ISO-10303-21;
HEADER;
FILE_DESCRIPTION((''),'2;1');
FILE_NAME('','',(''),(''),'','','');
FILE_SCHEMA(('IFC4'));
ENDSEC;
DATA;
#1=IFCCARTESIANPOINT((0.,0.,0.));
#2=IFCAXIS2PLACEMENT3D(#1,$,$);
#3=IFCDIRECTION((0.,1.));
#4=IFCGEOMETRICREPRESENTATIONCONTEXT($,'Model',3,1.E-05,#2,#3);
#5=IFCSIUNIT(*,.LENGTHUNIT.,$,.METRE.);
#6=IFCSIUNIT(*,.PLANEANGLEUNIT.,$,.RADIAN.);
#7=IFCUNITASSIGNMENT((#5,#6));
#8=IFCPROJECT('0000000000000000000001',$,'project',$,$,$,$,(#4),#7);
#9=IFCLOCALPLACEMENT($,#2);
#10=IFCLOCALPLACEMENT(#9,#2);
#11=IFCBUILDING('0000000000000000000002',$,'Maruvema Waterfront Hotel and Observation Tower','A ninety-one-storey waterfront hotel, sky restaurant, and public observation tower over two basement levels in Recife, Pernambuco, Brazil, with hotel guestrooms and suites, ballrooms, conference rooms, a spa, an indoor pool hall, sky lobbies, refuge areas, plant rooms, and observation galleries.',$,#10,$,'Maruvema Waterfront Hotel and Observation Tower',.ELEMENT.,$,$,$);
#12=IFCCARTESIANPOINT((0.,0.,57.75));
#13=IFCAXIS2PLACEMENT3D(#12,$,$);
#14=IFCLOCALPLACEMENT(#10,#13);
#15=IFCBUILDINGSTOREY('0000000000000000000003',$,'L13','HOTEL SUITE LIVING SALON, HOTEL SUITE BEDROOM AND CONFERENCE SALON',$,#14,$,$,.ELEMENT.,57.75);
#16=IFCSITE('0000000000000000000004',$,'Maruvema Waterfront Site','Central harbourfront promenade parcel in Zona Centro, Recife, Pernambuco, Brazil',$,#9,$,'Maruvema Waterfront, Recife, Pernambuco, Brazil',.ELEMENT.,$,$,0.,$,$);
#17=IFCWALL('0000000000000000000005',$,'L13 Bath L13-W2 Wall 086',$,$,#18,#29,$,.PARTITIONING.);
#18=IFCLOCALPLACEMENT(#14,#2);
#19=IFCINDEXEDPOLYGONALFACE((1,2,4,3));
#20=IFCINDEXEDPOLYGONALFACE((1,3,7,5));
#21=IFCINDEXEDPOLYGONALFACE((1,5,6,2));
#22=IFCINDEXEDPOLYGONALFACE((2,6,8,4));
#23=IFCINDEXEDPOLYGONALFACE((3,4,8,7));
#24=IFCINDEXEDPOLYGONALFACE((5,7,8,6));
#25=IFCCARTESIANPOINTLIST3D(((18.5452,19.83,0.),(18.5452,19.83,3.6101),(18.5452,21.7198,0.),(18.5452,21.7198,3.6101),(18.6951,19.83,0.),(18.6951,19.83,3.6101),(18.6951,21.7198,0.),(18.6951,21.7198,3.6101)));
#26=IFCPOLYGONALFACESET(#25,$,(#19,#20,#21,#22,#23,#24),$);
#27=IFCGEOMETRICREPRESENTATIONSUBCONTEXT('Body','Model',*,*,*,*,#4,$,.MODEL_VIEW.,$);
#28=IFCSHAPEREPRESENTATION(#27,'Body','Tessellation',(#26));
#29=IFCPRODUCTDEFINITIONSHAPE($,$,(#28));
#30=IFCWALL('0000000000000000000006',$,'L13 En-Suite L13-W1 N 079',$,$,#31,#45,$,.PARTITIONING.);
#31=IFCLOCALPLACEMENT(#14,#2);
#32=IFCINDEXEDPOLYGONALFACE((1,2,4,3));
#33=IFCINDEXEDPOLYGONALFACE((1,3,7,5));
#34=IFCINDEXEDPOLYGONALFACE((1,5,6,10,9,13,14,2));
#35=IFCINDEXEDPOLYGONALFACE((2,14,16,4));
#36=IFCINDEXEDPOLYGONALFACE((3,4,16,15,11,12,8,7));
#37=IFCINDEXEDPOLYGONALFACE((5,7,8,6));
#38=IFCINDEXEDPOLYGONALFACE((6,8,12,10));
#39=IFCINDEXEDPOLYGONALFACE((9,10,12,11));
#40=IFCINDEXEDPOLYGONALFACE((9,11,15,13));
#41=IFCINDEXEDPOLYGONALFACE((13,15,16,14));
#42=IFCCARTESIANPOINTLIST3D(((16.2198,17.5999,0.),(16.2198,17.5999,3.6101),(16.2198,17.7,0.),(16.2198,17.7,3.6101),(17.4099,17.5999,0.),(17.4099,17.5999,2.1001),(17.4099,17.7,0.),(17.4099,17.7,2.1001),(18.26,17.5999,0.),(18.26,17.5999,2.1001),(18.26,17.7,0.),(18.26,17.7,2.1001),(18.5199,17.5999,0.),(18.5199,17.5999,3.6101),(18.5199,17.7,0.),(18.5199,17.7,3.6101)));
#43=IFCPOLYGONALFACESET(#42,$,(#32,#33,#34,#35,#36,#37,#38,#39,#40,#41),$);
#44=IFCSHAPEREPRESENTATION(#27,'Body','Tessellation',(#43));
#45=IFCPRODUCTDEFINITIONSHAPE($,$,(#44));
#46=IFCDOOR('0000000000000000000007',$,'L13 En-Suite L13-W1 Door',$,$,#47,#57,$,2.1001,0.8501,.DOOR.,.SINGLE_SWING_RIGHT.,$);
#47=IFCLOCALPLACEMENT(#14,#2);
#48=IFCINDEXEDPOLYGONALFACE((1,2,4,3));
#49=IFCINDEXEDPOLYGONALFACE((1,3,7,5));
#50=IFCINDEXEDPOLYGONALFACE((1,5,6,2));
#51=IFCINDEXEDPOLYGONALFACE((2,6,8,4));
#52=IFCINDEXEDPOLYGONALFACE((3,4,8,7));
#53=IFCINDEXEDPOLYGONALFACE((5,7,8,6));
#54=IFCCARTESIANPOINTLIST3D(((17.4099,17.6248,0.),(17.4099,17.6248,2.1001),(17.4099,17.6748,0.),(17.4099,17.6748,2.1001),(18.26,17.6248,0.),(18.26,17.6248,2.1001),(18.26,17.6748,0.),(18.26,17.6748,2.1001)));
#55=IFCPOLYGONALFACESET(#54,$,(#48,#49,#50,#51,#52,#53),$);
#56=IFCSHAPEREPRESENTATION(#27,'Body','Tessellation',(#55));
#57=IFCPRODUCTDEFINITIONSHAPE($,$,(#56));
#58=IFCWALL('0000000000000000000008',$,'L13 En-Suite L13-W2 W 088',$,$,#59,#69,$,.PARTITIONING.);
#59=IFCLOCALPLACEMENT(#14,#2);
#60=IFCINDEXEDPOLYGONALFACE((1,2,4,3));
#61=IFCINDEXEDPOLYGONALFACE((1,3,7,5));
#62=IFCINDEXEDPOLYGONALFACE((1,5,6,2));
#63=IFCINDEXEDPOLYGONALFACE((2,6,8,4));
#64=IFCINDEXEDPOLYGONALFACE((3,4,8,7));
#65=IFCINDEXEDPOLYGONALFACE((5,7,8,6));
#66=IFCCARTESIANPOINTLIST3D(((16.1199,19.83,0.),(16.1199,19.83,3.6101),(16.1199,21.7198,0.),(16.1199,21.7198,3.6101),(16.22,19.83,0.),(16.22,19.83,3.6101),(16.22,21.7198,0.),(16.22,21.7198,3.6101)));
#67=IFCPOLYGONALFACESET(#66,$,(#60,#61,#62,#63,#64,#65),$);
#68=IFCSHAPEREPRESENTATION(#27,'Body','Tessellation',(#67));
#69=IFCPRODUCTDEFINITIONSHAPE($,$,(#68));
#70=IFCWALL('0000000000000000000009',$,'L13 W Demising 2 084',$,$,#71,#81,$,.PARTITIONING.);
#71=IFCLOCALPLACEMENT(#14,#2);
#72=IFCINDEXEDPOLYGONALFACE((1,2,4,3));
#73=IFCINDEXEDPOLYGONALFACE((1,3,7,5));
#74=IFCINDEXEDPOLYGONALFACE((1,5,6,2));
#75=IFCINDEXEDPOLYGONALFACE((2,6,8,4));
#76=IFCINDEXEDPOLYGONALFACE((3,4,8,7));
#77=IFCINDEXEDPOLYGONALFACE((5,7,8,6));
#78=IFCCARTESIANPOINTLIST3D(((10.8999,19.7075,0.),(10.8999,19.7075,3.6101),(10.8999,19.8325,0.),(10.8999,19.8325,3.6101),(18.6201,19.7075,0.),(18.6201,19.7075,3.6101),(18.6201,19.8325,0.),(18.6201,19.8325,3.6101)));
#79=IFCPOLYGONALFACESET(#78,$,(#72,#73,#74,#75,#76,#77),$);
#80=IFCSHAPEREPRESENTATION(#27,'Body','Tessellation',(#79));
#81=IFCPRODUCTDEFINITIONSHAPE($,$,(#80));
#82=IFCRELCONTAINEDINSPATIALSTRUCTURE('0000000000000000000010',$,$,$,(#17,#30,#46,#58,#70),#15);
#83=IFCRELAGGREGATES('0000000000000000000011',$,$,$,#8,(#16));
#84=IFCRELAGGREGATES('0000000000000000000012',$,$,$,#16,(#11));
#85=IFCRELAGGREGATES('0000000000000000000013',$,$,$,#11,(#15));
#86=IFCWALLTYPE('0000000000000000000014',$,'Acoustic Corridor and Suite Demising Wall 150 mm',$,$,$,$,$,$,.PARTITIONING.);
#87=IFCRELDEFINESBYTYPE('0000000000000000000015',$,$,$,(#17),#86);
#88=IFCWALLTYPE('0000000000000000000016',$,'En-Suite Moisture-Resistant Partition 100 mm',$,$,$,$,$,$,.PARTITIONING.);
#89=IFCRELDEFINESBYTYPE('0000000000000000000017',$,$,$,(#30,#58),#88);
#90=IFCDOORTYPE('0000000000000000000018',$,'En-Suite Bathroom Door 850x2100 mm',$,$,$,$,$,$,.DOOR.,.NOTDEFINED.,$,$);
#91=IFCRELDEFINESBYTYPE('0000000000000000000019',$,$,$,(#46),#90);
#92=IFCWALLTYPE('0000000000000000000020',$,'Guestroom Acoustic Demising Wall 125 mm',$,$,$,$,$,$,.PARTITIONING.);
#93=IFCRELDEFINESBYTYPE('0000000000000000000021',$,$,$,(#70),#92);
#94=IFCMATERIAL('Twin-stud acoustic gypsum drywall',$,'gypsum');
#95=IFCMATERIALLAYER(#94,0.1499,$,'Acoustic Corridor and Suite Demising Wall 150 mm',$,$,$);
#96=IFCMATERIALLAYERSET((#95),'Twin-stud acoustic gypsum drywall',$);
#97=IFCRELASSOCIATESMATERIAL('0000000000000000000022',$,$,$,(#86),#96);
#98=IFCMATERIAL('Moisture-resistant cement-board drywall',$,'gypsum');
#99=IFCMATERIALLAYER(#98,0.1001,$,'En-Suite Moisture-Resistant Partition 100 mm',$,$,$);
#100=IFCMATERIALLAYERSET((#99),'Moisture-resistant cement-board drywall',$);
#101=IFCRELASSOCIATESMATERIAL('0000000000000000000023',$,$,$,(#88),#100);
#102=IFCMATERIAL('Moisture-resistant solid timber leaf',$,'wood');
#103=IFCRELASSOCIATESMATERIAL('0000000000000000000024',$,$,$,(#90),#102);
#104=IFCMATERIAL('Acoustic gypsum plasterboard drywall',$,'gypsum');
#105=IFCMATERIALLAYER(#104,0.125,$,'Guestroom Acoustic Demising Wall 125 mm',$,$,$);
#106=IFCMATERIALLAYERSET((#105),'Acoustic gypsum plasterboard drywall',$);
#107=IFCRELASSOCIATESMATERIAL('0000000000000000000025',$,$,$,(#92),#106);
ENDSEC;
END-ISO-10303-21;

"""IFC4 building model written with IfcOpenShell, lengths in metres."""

from ifc_helpers import new_model, si_unit, direction, frame, frame_2d, origin, place, context, subcontext, project, spatial, rectangle, extrude, material, layer, layer_set, type_object, element, fill, save


model = new_model("IFC4")

# Units and contexts
model_context = context("Model", 3, precision=1e-05, world=origin(), true_north=direction((0.0, 1.0)))
body_context = subcontext(model_context, "Body", "Model", "MODEL_VIEW")
ifc_project = project(units=[si_unit("LENGTHUNIT", "METRE"), si_unit("PLANEANGLEUNIT", "RADIAN")], contexts=[model_context])

# Site, building, storey
site_placement = place(None, origin())
site = spatial("IfcSite", under=ifc_project, at=site_placement, Name="Maruvema Waterfront Site", Description="Central harbourfront promenade parcel in Zona Centro, Recife, Pernambuco, Brazil", LongName="Maruvema Waterfront, Recife, Pernambuco, Brazil", CompositionType="ELEMENT", RefElevation=0.0)
building_placement = place(site_placement, origin())
building = spatial("IfcBuilding", under=site, at=building_placement, Name="Maruvema Waterfront Hotel and Observation Tower", Description="A ninety-one-storey waterfront hotel, sky restaurant, and public observation tower over two basement levels in Recife, Pernambuco, Brazil, with hotel guestrooms and suites, ballrooms, conference rooms, a spa, an indoor pool hall, sky lobbies, refuge areas, plant rooms, and observation galleries.", LongName="Maruvema Waterfront Hotel and Observation Tower", CompositionType="ELEMENT")
storey_placement = place(building_placement, frame((0.0, 0.0, 57.75)))
storey = spatial("IfcBuildingStorey", under=building, at=storey_placement, Name="L13", Description="HOTEL SUITE LIVING SALON, HOTEL SUITE BEDROOM AND CONFERENCE SALON", CompositionType="ELEMENT", Elevation=57.75)

# Shared definitions
ifc_material_1 = material(Name="Twin-stud acoustic gypsum drywall", Category="gypsum")
ifc_layer_1 = layer(ifc_material_1, 0.1499, Name="Acoustic Corridor and Suite Demising Wall 150 mm")
ifc_layer_set_1 = layer_set([ifc_layer_1], Name="Twin-stud acoustic gypsum drywall")
wall_type_1 = type_object("IfcWallType", Name="Acoustic Corridor and Suite Demising Wall 150 mm", PredefinedType="PARTITIONING", material=ifc_layer_set_1)

# Wall
wall_1_placement = place(storey_placement, frame((18.6201, 19.8301, 0.0), z_axis=(0.0, 0.0, 1.0), x_axis=(0.0, 1.0, 0.0)))
element("IfcWall", 1, at=wall_1_placement, inside=storey, type_object=wall_type_1, Name="L13 Bath L13-W2 Wall 086", PredefinedType="PARTITIONING", context=body_context, shape_type="SweptSolid", body=[
    extrude(rectangle(XDim=1.8899, YDim=0.1499, at=frame_2d((0.9448, 0.0))), origin(), (0.0, 0.0, 1.0), 3.6101),
])

# Wall, opening, door
ifc_material_2 = material(Name="Moisture-resistant cement-board drywall", Category="gypsum")
ifc_layer_2 = layer(ifc_material_2, 0.1001, Name="En-Suite Moisture-Resistant Partition 100 mm")
ifc_layer_set_2 = layer_set([ifc_layer_2], Name="Moisture-resistant cement-board drywall")
wall_type_2 = type_object("IfcWallType", Name="En-Suite Moisture-Resistant Partition 100 mm", PredefinedType="PARTITIONING", material=ifc_layer_set_2)
wall_2_placement = place(storey_placement, frame((16.22, 17.6499, 0.0), z_axis=(0.0, 0.0, 1.0), x_axis=(1.0, 0.0, 0.0)))
wall_2 = element("IfcWall", 2, at=wall_2_placement, inside=storey, type_object=wall_type_2, Name="L13 En-Suite L13-W1 N 079", PredefinedType="PARTITIONING", context=body_context, shape_type="SweptSolid", body=[
    extrude(rectangle(XDim=2.3, YDim=0.1001, at=frame_2d((1.1499, 0.0))), origin(), (0.0, 0.0, 1.0), 3.6101),
])
opening_1_placement = place(wall_2_placement, frame((1.1899, 0.0, 0.0)))
opening_1 = element("IfcOpeningElement", 3, at=opening_1_placement, cuts=wall_2, PredefinedType="OPENING", context=body_context, shape_type="SweptSolid", body=[
    extrude(rectangle(XDim=0.8501, YDim=2.1001, at=frame_2d((0.425, 1.05))), frame((0.0, 0.0601, 0.0), z_axis=(0.0, -1.0, 0.0), x_axis=(1.0, 0.0, 0.0)), (0.0, 0.0, 1.0), 0.1201),
])
ifc_material_3 = material(Name="Moisture-resistant solid timber leaf", Category="wood")
door_type_1 = type_object("IfcDoorType", Name="En-Suite Bathroom Door 850x2100 mm", OperationType="NOTDEFINED", PredefinedType="DOOR", material=ifc_material_3)
door_1_placement = place(opening_1_placement, origin())
door_1 = element("IfcDoor", 4, at=door_1_placement, inside=storey, type_object=door_type_1, Name="L13 En-Suite L13-W1 Door", OperationType="SINGLE_SWING_RIGHT", OverallHeight=2.1001, OverallWidth=0.8501, PredefinedType="DOOR", context=body_context, shape_type="SweptSolid", body=[
    extrude(rectangle(XDim=0.8501, YDim=2.1001, at=frame_2d((0.425, 1.05))), frame((0.0, 0.0249, 0.0), z_axis=(0.0, -1.0, 0.0), x_axis=(1.0, 0.0, 0.0)), (0.0, 0.0, 1.0), 0.05),
])
fill(opening_1, door_1)

# Walls
wall_3_placement = place(storey_placement, frame((16.1699, 19.8301, 0.0), z_axis=(0.0, 0.0, 1.0), x_axis=(0.0, 1.0, 0.0)))
element("IfcWall", 5, at=wall_3_placement, inside=storey, type_object=wall_type_2, Name="L13 En-Suite L13-W2 W 088", PredefinedType="PARTITIONING", context=body_context, shape_type="SweptSolid", body=[
    extrude(rectangle(XDim=1.8899, YDim=0.1001, at=frame_2d((0.9448, 0.0))), origin(), (0.0, 0.0, 1.0), 3.6101),
])
ifc_material_4 = material(Name="Acoustic gypsum plasterboard drywall", Category="gypsum")
ifc_layer_3 = layer(ifc_material_4, 0.125, Name="Guestroom Acoustic Demising Wall 125 mm")
ifc_layer_set_3 = layer_set([ifc_layer_3], Name="Acoustic gypsum plasterboard drywall")
wall_type_3 = type_object("IfcWallType", Name="Guestroom Acoustic Demising Wall 125 mm", PredefinedType="PARTITIONING", material=ifc_layer_set_3)
wall_4_placement = place(storey_placement, frame((10.8999, 19.77, 0.0), z_axis=(0.0, 0.0, 1.0), x_axis=(1.0, 0.0, 0.0)))
element("IfcWall", 6, at=wall_4_placement, inside=storey, type_object=wall_type_3, Name="L13 W Demising 2 084", PredefinedType="PARTITIONING", context=body_context, shape_type="SweptSolid", body=[
    extrude(rectangle(XDim=7.7202, YDim=0.125, at=frame_2d((3.8601, 0.0))), origin(), (0.0, 0.0, 1.0), 3.6101),
])

save(model, "model.ifc")
